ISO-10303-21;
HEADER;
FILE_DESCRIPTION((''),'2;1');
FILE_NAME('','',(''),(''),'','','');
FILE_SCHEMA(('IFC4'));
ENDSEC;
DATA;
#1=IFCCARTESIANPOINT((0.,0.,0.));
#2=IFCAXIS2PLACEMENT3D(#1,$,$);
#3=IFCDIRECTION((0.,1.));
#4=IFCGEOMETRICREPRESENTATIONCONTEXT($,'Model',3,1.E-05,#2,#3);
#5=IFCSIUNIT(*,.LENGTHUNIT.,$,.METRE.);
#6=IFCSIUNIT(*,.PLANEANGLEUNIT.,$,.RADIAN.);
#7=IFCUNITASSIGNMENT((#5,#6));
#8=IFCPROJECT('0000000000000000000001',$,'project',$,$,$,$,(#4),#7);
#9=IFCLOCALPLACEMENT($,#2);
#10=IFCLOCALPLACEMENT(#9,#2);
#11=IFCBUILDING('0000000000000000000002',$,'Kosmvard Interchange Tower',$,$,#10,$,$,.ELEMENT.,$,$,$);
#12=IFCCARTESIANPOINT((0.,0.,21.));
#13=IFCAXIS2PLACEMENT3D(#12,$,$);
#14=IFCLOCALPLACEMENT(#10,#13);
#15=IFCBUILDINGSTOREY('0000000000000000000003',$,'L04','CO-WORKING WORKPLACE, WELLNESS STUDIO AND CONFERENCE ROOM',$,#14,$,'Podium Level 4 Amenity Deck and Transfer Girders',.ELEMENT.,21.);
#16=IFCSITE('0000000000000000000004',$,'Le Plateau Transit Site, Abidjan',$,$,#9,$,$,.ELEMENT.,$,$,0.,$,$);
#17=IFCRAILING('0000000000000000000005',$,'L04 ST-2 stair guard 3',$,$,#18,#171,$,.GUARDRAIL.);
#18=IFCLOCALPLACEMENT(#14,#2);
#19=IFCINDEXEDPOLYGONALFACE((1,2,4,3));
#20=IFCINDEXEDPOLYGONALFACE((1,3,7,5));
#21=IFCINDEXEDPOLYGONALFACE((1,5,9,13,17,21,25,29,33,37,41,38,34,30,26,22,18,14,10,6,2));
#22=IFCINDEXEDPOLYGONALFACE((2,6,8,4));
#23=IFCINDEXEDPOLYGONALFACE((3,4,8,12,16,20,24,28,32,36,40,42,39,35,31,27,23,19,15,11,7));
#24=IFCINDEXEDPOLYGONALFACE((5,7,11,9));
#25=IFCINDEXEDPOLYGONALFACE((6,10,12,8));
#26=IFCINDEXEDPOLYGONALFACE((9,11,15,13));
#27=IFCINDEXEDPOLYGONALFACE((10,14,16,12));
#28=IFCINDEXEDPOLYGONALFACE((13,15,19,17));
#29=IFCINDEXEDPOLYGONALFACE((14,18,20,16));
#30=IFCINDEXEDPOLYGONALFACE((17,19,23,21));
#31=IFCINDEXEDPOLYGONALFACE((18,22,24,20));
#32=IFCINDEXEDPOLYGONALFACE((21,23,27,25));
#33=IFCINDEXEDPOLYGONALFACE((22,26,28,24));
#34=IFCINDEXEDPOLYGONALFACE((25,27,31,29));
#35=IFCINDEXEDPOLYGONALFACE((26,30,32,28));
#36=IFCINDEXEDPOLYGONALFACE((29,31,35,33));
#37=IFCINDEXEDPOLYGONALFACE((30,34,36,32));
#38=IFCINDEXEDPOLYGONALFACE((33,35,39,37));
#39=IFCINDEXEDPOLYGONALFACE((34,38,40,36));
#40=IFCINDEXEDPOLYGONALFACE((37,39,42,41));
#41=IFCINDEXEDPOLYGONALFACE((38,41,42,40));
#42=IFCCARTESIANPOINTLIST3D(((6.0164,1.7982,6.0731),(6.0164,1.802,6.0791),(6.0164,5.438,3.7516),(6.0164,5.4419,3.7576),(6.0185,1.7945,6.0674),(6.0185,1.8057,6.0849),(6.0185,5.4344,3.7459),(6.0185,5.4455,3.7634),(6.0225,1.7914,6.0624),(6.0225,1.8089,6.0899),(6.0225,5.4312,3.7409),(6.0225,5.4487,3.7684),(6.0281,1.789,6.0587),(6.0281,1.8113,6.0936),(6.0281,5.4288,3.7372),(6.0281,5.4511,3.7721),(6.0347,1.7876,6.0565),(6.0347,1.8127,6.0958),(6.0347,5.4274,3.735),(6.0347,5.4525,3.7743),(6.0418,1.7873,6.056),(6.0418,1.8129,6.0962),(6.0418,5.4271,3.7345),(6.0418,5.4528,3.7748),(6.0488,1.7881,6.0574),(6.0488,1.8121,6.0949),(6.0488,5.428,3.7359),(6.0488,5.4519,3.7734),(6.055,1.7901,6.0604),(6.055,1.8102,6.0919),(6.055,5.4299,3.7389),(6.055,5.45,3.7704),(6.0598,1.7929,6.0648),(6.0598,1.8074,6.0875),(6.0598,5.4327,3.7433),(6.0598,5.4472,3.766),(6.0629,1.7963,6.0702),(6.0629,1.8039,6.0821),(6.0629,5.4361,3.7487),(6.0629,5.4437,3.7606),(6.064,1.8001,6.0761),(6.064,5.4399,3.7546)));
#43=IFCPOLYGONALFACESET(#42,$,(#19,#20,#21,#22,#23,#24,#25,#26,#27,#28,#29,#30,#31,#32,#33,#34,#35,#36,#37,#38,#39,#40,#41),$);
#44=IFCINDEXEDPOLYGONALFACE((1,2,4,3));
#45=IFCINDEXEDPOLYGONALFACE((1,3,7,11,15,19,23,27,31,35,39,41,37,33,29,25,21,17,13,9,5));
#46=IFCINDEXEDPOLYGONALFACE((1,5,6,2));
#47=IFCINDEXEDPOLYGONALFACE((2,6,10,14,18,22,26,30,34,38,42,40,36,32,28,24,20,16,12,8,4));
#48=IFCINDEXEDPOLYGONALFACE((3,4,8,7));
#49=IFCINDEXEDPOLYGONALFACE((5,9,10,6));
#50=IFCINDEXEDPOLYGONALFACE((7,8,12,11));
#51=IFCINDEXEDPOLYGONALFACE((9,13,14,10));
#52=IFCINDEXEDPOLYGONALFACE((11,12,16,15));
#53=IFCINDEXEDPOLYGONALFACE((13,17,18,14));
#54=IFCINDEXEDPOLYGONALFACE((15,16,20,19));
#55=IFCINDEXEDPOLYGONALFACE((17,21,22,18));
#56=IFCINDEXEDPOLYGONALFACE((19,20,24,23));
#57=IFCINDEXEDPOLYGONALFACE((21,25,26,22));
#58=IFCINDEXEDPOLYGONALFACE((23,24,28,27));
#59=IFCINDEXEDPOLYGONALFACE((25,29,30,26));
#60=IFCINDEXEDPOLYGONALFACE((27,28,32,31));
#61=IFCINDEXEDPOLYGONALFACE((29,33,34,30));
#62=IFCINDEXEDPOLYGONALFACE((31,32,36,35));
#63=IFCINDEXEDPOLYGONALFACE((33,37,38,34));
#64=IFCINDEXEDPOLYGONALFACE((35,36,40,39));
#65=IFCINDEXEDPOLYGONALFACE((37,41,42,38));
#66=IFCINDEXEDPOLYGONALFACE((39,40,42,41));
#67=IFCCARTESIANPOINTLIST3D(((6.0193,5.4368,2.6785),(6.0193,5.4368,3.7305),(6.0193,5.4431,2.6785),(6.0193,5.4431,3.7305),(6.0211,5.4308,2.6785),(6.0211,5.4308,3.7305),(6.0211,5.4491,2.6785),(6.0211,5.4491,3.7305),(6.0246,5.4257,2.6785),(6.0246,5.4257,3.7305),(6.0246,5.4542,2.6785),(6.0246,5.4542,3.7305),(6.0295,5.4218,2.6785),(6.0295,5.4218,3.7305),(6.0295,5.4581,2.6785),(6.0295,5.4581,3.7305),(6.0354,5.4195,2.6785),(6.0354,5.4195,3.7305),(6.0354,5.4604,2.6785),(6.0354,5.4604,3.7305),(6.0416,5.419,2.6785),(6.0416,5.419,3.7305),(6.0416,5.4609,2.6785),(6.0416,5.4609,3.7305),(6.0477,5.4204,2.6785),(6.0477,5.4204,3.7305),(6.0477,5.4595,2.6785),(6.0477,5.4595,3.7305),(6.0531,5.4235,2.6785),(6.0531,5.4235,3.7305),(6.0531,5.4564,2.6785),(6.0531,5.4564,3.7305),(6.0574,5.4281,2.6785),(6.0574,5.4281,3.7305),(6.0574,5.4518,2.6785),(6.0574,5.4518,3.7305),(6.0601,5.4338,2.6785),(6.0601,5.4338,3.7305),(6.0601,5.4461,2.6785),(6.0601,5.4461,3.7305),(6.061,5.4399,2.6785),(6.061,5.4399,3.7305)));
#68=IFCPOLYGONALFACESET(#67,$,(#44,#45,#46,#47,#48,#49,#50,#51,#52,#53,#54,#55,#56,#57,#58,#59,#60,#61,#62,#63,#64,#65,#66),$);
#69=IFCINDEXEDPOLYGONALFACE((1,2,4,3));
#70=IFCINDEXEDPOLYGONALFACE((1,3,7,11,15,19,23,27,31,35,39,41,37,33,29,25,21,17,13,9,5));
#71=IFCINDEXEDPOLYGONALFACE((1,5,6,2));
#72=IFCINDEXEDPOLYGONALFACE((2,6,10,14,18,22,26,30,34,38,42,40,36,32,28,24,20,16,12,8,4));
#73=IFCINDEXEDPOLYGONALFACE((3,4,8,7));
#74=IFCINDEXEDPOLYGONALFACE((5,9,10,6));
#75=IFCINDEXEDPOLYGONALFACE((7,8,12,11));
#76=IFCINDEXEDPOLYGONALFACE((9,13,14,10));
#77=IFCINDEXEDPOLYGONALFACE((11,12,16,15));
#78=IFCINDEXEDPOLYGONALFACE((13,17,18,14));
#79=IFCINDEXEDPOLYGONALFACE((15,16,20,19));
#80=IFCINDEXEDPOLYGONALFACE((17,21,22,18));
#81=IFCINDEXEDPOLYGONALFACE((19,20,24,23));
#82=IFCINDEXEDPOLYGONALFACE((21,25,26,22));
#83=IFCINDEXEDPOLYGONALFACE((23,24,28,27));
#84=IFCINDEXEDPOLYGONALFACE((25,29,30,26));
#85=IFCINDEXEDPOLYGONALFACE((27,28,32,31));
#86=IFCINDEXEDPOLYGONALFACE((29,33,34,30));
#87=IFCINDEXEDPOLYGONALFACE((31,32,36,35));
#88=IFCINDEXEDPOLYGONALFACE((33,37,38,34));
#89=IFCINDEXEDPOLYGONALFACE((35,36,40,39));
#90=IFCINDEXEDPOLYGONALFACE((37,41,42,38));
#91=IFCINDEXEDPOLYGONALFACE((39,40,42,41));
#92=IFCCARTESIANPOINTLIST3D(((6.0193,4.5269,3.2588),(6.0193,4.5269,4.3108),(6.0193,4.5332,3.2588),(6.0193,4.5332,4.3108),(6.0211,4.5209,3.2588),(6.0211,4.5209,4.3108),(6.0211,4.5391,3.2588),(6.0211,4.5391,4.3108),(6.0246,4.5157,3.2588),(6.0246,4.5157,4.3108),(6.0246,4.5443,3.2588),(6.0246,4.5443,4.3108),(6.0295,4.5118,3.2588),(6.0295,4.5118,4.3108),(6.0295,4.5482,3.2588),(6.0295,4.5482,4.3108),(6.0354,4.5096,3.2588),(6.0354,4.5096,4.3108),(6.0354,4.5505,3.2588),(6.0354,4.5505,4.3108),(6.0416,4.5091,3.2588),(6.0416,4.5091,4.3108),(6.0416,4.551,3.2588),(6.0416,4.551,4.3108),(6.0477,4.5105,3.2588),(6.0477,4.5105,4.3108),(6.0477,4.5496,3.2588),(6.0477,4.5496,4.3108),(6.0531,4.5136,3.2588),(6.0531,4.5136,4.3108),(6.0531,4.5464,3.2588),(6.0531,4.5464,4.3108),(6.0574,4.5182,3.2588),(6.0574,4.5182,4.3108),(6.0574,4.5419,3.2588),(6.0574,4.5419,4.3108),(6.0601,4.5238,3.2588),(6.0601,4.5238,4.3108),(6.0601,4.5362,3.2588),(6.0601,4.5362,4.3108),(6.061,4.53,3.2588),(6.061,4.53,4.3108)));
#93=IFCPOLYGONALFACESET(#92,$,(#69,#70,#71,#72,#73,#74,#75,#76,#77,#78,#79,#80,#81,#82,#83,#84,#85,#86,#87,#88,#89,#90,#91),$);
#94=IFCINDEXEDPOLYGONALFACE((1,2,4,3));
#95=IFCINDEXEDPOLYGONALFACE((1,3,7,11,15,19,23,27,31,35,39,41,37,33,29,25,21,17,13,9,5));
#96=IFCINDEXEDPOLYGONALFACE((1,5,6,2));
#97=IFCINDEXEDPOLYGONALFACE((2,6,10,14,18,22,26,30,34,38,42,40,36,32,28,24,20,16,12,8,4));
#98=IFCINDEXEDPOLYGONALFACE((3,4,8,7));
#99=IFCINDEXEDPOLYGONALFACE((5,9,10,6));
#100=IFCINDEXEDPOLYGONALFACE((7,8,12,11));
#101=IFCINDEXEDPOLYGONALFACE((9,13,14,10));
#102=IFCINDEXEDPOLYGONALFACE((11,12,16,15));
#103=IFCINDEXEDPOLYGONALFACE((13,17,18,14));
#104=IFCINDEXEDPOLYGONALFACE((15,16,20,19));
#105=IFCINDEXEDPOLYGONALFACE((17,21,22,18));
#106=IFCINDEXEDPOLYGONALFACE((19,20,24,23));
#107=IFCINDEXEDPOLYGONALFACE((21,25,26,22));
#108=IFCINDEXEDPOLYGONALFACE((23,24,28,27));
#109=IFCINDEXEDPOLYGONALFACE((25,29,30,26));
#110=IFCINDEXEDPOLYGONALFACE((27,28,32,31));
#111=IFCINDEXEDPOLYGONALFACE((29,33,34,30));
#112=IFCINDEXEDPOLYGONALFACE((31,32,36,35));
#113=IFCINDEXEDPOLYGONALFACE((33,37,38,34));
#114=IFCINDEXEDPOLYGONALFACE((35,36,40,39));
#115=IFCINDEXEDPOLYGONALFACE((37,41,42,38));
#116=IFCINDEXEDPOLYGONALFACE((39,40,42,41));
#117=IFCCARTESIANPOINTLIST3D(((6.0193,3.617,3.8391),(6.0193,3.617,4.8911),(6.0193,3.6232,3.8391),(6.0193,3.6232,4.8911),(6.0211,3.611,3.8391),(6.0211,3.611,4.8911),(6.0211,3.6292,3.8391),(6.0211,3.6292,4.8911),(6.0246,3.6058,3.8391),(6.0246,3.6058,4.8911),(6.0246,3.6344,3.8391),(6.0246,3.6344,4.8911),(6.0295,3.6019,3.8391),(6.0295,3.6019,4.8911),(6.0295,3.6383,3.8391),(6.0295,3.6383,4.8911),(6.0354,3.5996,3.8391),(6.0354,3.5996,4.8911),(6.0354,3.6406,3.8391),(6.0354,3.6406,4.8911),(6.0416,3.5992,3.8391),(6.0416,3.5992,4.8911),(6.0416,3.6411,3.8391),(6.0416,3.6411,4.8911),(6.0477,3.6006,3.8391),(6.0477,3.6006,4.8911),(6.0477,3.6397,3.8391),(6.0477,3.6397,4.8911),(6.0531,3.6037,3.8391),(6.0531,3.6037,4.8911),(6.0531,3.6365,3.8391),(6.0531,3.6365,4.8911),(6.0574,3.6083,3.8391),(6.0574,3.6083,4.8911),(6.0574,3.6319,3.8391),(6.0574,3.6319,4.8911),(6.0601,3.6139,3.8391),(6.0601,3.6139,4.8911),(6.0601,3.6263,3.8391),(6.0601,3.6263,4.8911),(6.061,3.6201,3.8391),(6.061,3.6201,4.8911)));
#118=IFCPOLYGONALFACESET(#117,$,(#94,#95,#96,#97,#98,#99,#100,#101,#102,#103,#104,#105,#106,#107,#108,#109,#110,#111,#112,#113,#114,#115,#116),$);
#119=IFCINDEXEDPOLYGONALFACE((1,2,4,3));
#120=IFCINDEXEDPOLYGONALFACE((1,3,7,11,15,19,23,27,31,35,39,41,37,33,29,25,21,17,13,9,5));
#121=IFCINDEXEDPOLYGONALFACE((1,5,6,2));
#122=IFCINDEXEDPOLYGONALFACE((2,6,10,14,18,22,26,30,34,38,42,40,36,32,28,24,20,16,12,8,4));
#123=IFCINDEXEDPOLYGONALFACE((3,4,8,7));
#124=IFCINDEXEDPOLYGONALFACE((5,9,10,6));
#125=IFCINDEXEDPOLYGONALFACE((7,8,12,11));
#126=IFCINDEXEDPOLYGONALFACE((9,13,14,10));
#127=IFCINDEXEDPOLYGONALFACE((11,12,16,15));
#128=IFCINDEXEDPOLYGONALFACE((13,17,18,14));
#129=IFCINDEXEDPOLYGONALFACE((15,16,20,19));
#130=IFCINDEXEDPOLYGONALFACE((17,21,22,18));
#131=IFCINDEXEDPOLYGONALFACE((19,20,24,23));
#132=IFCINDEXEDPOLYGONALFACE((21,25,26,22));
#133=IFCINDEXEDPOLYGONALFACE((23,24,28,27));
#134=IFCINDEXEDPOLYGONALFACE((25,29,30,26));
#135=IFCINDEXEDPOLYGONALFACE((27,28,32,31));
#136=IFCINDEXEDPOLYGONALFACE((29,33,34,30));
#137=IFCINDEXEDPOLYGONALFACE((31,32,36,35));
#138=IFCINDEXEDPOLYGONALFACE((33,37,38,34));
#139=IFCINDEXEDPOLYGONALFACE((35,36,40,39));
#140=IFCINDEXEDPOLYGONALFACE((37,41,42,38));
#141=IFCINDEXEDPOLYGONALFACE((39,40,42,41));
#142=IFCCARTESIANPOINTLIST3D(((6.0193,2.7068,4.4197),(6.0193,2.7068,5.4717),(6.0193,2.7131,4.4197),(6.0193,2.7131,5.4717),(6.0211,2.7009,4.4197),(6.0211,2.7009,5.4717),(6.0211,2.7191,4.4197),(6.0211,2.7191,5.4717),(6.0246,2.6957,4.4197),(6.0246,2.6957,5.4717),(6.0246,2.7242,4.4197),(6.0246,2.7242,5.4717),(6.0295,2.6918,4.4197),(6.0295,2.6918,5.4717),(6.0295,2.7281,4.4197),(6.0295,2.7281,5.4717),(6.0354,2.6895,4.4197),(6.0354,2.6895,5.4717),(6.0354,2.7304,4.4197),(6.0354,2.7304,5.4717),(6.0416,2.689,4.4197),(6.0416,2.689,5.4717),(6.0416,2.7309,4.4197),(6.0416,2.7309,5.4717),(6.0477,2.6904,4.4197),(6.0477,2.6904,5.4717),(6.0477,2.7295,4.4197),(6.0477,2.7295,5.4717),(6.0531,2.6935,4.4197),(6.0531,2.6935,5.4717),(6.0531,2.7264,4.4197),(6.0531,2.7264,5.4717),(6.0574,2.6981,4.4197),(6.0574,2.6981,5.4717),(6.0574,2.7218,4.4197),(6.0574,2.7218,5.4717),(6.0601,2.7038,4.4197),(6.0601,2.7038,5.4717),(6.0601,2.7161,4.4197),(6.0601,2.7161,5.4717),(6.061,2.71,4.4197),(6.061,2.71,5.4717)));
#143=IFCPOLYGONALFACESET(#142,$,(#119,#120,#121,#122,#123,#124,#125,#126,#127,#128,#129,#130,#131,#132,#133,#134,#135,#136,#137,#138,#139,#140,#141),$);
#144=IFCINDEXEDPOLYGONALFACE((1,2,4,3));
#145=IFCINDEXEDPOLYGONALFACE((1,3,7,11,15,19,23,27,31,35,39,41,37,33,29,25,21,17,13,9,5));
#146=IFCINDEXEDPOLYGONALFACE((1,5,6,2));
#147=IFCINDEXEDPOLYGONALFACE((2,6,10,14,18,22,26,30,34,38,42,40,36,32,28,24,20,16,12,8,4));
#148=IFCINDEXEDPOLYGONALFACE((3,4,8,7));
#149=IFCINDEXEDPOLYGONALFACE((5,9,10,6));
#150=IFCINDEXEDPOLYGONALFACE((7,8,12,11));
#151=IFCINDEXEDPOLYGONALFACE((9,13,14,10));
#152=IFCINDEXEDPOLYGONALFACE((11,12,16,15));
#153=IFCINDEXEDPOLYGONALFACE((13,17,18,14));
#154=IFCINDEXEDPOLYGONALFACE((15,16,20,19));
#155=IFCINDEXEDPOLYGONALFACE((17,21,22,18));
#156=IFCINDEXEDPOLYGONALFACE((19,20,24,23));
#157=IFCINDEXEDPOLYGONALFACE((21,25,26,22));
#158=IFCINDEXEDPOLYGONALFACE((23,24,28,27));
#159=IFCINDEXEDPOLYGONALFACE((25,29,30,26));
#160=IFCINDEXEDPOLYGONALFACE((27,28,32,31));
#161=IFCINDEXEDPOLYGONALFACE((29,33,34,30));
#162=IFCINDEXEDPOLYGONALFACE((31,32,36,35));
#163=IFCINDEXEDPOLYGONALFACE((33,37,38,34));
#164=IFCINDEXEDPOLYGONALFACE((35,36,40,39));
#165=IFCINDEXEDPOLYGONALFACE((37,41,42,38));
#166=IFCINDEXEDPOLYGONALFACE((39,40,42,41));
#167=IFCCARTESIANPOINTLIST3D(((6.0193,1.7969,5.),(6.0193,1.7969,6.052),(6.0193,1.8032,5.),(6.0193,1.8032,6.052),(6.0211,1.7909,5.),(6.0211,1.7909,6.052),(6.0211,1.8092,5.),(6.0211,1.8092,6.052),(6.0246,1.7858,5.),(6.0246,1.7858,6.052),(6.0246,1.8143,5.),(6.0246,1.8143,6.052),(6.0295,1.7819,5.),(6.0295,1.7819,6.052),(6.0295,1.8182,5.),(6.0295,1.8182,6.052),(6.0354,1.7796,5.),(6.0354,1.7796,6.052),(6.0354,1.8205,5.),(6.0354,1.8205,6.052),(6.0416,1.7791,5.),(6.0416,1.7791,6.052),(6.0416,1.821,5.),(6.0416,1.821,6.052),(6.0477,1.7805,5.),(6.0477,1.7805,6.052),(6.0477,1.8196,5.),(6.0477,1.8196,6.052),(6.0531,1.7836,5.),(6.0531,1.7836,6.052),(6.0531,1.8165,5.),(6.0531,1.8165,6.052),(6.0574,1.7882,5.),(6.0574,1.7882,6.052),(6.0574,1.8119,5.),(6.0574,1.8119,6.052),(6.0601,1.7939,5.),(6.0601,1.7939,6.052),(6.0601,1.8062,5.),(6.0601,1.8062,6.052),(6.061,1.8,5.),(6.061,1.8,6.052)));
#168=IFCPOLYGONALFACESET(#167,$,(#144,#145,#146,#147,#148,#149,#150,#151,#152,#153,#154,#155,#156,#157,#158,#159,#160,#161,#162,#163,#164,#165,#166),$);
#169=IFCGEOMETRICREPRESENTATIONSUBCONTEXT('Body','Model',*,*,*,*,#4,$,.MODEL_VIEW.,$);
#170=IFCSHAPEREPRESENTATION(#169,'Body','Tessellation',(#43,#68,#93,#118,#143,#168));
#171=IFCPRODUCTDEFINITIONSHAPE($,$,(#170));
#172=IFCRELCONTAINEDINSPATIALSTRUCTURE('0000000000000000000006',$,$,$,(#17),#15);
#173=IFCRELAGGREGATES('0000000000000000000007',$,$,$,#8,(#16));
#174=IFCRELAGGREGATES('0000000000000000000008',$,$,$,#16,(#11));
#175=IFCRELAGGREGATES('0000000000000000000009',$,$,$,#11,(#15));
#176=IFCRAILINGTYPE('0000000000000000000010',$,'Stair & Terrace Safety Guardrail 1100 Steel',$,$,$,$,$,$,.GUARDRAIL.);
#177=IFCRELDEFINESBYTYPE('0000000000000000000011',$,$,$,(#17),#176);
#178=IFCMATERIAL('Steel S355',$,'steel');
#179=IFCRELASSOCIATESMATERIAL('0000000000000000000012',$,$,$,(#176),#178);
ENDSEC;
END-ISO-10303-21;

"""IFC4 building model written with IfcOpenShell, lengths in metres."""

from ifc_helpers import new_model, si_unit, direction, frame, origin, origin_2d, place, context, subcontext, project, spatial, circle, extrude, source, transform, mapped, material, type_object, element, save


model = new_model("IFC4")

# Units and contexts
model_context = context("Model", 3, precision=1e-05, world=origin(), true_north=direction((0.0, 1.0)))
body_context = subcontext(model_context, "Body", "Model", "MODEL_VIEW")
ifc_project = project(units=[si_unit("LENGTHUNIT", "METRE"), si_unit("PLANEANGLEUNIT", "RADIAN")], contexts=[model_context])

# Site, building, storey
site_placement = place(None, origin())
site = spatial("IfcSite", under=ifc_project, at=site_placement, Name="Le Plateau Transit Site, Abidjan", CompositionType="ELEMENT", RefElevation=0.0)
building_placement = place(site_placement, origin())
building = spatial("IfcBuilding", under=site, at=building_placement, Name="Kosmvard Interchange Tower", CompositionType="ELEMENT")
storey_placement = place(building_placement, frame((0.0, 0.0, 21.0)))
storey = spatial("IfcBuildingStorey", under=building, at=storey_placement, Name="L04", Description="CO-WORKING WORKPLACE, WELLNESS STUDIO AND CONFERENCE ROOM", LongName="Podium Level 4 Amenity Deck and Transfer Girders", CompositionType="ELEMENT", Elevation=21.0)

# Shared definitions
ifc_material_1 = material(Name="Steel S355", Category="steel")

# Railing
railing_type_1 = type_object("IfcRailingType", Name="Stair & Terrace Safety Guardrail 1100 Steel", PredefinedType="GUARDRAIL", material=ifc_material_1)
shared_shape_1 = source(origin(), body_context, "Body", "SweptSolid", [
    extrude(circle(Radius=0.0239, at=origin_2d()), frame((0.0, 0.0, 1.0762), z_axis=(0.0, -0.843112, 0.537739), x_axis=(1.0, 0.0, 0.0)), (0.0, 0.0, 1.0), 4.3171),
    extrude(circle(Radius=0.021, at=origin_2d()), origin(), (0.0, 0.0, 1.0), 1.052),
    extrude(circle(Radius=0.021, at=origin_2d()), frame((0.0, -0.9099, 0.5803)), (0.0, 0.0, 1.0), 1.052),
    extrude(circle(Radius=0.021, at=origin_2d()), frame((0.0, -1.8198, 1.1606)), (0.0, 0.0, 1.0), 1.052),
    extrude(circle(Radius=0.021, at=origin_2d()), frame((0.0, -2.73, 1.7412)), (0.0, 0.0, 1.0), 1.052),
    extrude(circle(Radius=0.021, at=origin_2d()), frame((0.0, -3.6399, 2.3215)), (0.0, 0.0, 1.0), 1.052),
])
railing_1_placement = place(storey_placement, frame((6.04, 5.4399, 2.6785)))
element("IfcRailing", 1, at=railing_1_placement, inside=storey, type_object=railing_type_1, Name="L04 ST-2 stair guard 3", PredefinedType="GUARDRAIL", context=body_context, shape_type="MappedRepresentation", body=[
    mapped(shared_shape_1, transform((0.0, 0.0, 0.0), scale=1.0)),
])

save(model, "model.ifc")
